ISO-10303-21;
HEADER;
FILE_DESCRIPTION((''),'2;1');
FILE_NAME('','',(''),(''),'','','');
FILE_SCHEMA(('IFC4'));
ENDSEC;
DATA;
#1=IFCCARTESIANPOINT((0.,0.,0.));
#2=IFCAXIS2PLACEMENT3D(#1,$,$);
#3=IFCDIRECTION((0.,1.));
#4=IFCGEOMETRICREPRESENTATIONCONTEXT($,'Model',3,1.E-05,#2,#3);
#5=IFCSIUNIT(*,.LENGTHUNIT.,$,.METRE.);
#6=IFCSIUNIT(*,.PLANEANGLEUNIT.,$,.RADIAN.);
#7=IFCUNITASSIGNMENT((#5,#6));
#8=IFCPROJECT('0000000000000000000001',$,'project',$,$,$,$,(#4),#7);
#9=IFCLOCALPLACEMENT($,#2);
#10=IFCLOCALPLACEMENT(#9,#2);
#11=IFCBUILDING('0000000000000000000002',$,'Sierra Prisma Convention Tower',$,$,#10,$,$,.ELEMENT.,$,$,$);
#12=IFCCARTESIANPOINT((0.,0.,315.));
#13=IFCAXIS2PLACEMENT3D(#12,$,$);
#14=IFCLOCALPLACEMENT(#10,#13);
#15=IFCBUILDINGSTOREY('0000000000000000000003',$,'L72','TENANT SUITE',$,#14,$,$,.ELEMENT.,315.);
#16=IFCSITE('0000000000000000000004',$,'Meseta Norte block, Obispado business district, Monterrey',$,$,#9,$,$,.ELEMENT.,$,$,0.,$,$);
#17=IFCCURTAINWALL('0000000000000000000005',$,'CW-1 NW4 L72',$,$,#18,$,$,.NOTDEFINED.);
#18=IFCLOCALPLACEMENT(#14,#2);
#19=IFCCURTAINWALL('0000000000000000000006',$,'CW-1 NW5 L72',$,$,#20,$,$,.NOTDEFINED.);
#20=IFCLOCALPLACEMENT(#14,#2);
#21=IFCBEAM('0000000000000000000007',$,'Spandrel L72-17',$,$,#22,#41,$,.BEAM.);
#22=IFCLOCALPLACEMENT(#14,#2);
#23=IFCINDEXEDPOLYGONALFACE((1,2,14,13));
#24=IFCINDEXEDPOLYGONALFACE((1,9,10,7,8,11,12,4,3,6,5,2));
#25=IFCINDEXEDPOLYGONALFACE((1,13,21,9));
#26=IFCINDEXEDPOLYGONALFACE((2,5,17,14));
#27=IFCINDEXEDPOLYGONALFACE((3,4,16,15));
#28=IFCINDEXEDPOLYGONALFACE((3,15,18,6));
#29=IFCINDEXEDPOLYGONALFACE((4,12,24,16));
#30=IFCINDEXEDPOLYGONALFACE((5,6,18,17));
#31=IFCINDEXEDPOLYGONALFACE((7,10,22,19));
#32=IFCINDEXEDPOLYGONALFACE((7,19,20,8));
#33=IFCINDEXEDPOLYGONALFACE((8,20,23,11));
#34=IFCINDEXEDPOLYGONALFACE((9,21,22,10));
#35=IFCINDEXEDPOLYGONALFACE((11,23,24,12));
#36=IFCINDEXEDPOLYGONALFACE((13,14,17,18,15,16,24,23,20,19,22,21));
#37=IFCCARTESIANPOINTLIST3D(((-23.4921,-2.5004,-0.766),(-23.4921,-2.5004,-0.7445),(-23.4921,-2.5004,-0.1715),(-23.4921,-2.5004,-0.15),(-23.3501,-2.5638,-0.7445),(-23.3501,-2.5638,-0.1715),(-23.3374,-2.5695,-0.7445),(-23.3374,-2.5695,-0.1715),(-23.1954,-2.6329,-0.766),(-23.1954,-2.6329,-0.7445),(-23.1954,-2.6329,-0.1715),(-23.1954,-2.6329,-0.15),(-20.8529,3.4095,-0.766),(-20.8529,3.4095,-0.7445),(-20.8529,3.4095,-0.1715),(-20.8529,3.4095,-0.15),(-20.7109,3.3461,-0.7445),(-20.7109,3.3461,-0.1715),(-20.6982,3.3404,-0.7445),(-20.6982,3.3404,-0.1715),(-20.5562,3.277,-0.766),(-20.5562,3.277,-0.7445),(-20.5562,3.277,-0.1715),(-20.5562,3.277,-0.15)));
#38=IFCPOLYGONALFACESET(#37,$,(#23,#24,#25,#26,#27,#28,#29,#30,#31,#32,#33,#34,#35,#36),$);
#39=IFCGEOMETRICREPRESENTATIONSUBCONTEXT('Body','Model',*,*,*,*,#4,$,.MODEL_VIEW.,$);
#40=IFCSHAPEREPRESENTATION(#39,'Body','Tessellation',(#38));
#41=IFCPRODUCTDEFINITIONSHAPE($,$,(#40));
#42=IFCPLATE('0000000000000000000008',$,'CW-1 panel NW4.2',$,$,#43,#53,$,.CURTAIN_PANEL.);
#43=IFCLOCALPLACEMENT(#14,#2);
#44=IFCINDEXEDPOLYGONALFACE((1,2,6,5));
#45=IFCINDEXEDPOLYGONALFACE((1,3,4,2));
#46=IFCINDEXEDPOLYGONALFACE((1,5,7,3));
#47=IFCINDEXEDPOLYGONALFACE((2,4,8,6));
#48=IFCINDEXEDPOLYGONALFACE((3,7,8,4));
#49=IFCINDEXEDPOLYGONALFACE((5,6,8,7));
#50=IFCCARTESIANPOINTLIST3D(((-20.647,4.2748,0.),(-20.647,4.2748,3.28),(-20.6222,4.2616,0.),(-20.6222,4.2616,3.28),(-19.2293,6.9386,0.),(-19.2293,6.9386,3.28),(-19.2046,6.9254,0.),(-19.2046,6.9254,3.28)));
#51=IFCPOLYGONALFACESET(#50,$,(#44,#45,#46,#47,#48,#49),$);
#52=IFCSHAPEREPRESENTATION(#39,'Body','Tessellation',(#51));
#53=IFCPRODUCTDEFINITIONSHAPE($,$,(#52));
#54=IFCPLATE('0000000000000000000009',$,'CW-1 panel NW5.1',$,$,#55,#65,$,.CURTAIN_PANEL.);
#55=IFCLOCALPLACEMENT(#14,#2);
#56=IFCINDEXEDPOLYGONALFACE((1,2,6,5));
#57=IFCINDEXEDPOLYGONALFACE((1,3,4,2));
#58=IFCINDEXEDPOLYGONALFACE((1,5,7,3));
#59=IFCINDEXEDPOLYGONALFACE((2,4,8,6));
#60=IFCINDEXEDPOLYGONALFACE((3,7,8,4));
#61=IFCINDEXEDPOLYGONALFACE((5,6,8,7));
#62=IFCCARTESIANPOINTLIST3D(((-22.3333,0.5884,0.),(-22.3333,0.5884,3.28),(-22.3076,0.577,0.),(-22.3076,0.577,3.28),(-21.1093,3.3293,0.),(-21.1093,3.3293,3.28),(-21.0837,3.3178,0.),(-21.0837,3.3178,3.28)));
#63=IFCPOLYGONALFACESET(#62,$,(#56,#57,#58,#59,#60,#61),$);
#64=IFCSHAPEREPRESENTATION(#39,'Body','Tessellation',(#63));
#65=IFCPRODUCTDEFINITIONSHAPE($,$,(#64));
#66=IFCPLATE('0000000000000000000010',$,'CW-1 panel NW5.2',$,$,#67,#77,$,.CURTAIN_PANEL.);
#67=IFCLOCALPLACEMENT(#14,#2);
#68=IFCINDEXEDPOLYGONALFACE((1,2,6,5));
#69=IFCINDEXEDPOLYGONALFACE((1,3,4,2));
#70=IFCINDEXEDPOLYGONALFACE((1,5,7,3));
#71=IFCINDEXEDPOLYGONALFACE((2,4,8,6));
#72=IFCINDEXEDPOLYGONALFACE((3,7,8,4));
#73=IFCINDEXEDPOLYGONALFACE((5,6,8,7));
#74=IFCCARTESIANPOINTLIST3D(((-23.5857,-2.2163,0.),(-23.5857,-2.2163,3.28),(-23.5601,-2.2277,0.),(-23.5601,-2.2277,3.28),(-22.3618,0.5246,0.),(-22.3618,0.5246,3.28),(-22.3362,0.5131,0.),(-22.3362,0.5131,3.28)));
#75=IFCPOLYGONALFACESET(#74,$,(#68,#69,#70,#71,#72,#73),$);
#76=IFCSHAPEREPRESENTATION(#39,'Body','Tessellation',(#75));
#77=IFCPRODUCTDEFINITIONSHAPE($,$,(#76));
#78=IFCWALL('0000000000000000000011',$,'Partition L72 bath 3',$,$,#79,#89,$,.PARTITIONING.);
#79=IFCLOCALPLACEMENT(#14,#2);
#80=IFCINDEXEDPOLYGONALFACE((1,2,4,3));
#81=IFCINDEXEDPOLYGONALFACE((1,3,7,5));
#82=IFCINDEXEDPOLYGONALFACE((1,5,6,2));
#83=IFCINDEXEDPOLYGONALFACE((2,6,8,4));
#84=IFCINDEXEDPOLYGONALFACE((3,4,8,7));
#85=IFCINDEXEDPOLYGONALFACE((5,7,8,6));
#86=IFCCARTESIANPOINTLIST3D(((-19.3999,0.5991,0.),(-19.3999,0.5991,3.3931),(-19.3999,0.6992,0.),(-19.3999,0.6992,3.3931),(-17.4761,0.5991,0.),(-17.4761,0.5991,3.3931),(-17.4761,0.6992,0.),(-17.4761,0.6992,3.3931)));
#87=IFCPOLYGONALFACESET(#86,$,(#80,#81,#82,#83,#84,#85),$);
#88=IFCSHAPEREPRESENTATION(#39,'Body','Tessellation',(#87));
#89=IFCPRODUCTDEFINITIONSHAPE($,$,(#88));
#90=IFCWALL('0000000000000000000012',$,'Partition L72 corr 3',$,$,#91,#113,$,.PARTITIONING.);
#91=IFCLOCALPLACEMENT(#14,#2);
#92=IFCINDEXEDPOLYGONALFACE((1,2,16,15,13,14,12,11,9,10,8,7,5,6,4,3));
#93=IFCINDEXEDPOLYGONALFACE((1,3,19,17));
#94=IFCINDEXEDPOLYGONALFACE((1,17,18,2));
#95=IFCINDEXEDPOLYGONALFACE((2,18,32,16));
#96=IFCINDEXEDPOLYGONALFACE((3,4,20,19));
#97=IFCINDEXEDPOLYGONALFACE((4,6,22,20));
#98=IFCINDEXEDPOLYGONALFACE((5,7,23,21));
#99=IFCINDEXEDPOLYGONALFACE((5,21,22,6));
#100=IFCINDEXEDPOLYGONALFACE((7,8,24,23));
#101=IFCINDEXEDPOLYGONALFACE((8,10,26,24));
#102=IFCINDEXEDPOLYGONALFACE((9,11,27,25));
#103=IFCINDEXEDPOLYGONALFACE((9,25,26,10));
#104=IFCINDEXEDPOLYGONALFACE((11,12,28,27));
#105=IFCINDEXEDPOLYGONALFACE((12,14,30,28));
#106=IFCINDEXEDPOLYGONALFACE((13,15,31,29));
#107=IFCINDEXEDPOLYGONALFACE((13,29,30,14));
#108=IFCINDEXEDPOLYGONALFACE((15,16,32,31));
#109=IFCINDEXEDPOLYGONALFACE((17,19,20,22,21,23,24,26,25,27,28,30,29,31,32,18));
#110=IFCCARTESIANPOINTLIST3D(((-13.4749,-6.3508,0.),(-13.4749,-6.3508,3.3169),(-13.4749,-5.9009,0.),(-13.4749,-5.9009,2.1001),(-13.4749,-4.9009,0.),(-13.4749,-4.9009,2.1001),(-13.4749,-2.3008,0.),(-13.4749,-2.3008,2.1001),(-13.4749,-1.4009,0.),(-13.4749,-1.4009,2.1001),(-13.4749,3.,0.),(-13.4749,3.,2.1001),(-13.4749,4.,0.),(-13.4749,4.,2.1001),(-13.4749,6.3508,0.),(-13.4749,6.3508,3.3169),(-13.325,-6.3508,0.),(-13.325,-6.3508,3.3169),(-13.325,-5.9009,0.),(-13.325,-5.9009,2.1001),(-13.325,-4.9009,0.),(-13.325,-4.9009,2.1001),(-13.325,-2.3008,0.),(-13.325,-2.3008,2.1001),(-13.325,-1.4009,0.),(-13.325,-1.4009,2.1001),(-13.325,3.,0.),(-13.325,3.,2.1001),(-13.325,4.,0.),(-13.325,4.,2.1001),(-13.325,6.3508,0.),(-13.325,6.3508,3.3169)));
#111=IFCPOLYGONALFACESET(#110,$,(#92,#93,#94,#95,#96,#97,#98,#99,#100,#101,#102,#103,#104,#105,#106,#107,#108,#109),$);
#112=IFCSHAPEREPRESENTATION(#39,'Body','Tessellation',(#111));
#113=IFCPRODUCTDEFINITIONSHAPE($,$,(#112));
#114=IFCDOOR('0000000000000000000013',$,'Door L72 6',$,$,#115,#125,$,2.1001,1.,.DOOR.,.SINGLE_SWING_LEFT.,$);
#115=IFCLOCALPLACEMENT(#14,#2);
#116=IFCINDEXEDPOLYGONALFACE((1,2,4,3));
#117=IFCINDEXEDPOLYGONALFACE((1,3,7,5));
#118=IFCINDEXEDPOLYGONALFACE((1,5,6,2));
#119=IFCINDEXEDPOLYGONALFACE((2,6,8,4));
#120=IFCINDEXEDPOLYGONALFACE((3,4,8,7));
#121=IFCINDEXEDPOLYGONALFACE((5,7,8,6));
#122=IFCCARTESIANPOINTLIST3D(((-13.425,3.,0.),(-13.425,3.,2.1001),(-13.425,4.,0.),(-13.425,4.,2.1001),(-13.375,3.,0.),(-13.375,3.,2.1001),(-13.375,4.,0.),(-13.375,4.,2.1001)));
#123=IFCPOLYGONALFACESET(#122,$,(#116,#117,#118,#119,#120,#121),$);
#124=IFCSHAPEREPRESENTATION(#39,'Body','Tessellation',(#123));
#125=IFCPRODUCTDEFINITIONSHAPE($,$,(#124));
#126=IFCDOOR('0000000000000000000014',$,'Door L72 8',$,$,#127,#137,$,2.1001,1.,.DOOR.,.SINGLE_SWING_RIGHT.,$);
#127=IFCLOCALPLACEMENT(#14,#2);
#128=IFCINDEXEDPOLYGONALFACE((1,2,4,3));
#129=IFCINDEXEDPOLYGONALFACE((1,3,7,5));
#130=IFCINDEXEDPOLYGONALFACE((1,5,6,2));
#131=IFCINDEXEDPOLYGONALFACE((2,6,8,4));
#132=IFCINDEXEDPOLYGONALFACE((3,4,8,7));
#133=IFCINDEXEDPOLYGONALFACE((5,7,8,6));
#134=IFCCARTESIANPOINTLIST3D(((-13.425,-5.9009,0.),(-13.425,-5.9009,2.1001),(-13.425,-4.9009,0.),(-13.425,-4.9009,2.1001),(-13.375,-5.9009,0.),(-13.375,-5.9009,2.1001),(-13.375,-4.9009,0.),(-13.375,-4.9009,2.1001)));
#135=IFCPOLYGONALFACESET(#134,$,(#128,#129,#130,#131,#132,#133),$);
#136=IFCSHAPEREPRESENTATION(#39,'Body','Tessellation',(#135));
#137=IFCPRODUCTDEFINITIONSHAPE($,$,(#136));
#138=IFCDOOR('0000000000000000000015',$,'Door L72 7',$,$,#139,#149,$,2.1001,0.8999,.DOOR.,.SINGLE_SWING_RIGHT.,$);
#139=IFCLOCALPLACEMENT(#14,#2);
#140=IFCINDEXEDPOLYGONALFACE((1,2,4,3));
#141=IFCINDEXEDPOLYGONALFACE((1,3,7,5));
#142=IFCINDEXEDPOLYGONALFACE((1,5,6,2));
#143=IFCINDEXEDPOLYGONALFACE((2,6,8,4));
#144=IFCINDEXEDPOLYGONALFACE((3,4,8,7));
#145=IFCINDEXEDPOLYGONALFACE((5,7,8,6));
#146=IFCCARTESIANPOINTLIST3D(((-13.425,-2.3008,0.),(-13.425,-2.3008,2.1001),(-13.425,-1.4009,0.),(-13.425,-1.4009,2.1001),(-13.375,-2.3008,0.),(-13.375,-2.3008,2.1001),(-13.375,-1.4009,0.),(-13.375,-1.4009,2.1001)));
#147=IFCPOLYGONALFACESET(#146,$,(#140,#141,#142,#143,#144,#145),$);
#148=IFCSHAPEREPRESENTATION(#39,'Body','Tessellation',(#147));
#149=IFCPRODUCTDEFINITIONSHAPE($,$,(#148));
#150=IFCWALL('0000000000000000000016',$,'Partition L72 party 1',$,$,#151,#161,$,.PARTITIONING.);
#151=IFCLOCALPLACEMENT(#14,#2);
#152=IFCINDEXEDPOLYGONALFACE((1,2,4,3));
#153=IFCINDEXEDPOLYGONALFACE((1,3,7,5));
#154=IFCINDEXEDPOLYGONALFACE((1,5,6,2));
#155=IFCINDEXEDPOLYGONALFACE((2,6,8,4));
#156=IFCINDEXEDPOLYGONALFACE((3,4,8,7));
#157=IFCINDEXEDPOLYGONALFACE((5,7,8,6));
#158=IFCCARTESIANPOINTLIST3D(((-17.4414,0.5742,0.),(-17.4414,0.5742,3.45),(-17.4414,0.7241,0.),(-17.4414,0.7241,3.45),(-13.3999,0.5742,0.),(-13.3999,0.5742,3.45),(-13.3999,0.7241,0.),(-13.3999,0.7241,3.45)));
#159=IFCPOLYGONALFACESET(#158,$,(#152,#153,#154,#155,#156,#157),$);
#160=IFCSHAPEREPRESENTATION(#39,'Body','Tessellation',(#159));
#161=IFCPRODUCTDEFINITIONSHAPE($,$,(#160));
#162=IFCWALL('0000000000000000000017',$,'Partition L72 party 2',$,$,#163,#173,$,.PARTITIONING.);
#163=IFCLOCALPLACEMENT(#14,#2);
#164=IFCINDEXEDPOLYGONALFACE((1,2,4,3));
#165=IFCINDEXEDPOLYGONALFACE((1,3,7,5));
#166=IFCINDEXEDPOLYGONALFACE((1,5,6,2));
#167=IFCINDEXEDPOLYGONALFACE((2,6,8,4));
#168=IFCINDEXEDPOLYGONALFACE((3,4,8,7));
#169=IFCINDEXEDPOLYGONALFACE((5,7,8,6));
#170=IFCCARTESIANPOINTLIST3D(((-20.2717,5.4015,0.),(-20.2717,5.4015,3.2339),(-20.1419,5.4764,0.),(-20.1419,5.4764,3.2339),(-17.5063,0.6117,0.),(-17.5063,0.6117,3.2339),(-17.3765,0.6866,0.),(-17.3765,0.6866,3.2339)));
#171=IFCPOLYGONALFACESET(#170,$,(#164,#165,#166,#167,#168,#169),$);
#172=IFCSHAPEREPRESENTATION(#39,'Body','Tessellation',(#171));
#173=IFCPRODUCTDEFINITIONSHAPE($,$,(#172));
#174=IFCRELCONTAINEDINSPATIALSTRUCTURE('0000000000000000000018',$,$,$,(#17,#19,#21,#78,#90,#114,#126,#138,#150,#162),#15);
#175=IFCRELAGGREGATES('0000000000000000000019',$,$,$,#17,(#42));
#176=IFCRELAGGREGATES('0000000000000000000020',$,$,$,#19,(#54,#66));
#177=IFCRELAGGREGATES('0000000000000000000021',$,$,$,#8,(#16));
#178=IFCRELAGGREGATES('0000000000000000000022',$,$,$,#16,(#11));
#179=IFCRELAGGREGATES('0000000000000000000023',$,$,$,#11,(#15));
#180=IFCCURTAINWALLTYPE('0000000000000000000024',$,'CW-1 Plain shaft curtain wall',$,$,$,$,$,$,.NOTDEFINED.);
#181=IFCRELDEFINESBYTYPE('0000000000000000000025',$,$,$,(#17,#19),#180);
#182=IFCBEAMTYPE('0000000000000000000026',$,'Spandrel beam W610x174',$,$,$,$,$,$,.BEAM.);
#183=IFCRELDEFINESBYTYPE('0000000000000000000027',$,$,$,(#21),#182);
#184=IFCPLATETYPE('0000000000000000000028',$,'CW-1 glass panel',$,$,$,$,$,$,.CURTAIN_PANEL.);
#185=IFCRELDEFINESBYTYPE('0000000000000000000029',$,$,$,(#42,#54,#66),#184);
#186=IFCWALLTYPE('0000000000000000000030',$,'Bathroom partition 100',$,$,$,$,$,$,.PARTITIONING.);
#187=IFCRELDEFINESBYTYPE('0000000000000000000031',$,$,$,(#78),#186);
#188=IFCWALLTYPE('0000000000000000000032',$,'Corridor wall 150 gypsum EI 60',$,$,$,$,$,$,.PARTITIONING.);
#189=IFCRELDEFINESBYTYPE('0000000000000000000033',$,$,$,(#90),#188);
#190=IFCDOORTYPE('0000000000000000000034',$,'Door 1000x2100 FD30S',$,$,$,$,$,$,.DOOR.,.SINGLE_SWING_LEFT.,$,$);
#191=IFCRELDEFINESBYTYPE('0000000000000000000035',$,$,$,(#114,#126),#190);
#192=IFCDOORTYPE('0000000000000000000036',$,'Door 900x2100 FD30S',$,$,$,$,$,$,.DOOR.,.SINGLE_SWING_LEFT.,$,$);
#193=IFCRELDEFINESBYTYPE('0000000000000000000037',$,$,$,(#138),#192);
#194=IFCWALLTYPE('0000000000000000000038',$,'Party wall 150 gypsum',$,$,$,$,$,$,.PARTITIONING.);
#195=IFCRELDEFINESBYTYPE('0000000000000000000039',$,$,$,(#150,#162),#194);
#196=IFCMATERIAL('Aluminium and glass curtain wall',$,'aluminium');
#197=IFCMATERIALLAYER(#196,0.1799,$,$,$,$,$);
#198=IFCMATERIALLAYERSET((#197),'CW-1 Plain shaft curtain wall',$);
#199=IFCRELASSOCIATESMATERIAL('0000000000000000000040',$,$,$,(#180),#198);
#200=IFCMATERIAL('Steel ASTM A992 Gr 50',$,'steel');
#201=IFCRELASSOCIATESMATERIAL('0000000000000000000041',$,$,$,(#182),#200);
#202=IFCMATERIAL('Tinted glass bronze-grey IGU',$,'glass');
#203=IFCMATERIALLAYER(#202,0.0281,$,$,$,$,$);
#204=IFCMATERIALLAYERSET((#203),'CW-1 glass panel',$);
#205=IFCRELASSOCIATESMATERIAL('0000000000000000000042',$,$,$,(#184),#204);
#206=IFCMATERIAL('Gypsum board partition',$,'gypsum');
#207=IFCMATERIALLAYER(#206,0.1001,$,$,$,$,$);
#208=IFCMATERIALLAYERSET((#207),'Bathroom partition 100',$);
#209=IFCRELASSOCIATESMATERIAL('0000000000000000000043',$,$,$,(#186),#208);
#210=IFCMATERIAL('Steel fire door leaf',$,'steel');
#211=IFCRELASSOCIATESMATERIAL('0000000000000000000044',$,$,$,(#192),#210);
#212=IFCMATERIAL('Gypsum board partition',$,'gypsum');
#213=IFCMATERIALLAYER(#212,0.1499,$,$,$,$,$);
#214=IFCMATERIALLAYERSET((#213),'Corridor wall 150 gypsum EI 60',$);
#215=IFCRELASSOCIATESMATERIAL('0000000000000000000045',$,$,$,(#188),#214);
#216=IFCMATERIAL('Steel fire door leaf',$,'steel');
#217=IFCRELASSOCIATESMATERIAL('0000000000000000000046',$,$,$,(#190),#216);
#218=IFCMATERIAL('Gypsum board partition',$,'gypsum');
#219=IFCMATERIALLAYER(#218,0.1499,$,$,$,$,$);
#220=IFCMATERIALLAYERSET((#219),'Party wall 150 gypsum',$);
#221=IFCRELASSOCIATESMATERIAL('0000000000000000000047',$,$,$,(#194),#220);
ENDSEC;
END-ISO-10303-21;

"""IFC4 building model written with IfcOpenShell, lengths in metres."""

from ifc_helpers import new_model, si_unit, direction, frame, frame_2d, origin, origin_2d, place, context, subcontext, project, spatial, rectangle, i_section, extrude, material, layer, layer_set, material_profile, profile_set, type_object, element, fill, aggregate, save


model = new_model("IFC4")

# Units and contexts
model_context = context("Model", 3, precision=1e-05, world=origin(), true_north=direction((0.0, 1.0)))
body_context = subcontext(model_context, "Body", "Model", "MODEL_VIEW")
ifc_project = project(units=[si_unit("LENGTHUNIT", "METRE"), si_unit("PLANEANGLEUNIT", "RADIAN")], contexts=[model_context])

# Site, building, storey
site_placement = place(None, origin())
site = spatial("IfcSite", under=ifc_project, at=site_placement, Name="Meseta Norte block, Obispado business district, Monterrey", CompositionType="ELEMENT", RefElevation=0.0)
building_placement = place(site_placement, origin())
building = spatial("IfcBuilding", under=site, at=building_placement, Name="Sierra Prisma Convention Tower", CompositionType="ELEMENT")
storey_placement = place(building_placement, frame((0.0, 0.0, 315.0)))
storey = spatial("IfcBuildingStorey", under=building, at=storey_placement, Name="L72", Description="TENANT SUITE", CompositionType="ELEMENT", Elevation=315.0)

# Curtain walls
ifc_material_1 = material(Name="Aluminium and glass curtain wall", Category="aluminium")
ifc_layer_1 = layer(ifc_material_1, 0.1799)
ifc_layer_set_1 = layer_set([ifc_layer_1], Name="CW-1 Plain shaft curtain wall")
curtain_wall_type = type_object("IfcCurtainWallType", Name="CW-1 Plain shaft curtain wall", PredefinedType="NOTDEFINED", material=ifc_layer_set_1)
curtain_wall_1_placement = place(storey_placement, origin())
curtain_wall_1 = element("IfcCurtainWall", 1, at=curtain_wall_1_placement, inside=storey, type_object=curtain_wall_type, Name="CW-1 NW4 L72", PredefinedType="NOTDEFINED")
curtain_wall_2_placement = place(storey_placement, origin())
curtain_wall_2 = element("IfcCurtainWall", 2, at=curtain_wall_2_placement, inside=storey, type_object=curtain_wall_type, Name="CW-1 NW5 L72", PredefinedType="NOTDEFINED")

# Beam
ifc_material_2 = material(Name="Steel ASTM A992 Gr 50", Category="steel")
ifc_material_profile_1 = material_profile(ifc_material_2, i_section(OverallWidth=0.325, OverallDepth=0.616, WebThickness=0.0139, FlangeThickness=0.0215, at=origin_2d()), Name="W610x174")
ifc_profile_set_1 = profile_set([ifc_material_profile_1], Name="Steel ASTM A992 Gr 50")
beam_type_1 = type_object("IfcBeamType", Name="Spandrel beam W610x174", PredefinedType="BEAM", material=ifc_profile_set_1)
beam_1_placement = place(storey_placement, frame((-20.7046, 3.3433, -0.458), z_axis=(-0.407755, -0.913091, 0.0), x_axis=(0.913091, -0.407755, 0.0)))
element("IfcBeam", 3, at=beam_1_placement, inside=storey, type_object=beam_type_1, Name="Spandrel L72-17", PredefinedType="BEAM", context=body_context, shape_type="SweptSolid", body=[
    extrude(i_section(OverallWidth=0.325, OverallDepth=0.616, WebThickness=0.0139, FlangeThickness=0.0215, at=origin_2d()), origin(), (0.0, 0.0, 1.0), 6.4724),
])

# Plates
ifc_material_3 = material(Name="Tinted glass bronze-grey IGU", Category="glass")
ifc_layer_2 = layer(ifc_material_3, 0.0281)
ifc_layer_set_2 = layer_set([ifc_layer_2], Name="CW-1 glass panel")
plate_type = type_object("IfcPlateType", Name="CW-1 glass panel", PredefinedType="CURTAIN_PANEL", material=ifc_layer_set_2)
plate_1_placement = place(storey_placement, frame((-19.9258, 5.6001, 0.0), z_axis=(0.0, 0.0, 1.0), x_axis=(-0.469797, -0.882774, 0.0)))
plate_1 = element("IfcPlate", 4, at=plate_1_placement, type_object=plate_type, Name="CW-1 panel NW4.2", PredefinedType="CURTAIN_PANEL", context=body_context, shape_type="SweptSolid", body=[
    extrude(rectangle(XDim=3.0176, YDim=0.0281, at=origin_2d()), origin(), (0.0, 0.0, 1.0), 3.28),
])
aggregate(curtain_wall_1, [plate_1])
plate_2_placement = place(storey_placement, frame((-21.7085, 1.9531, 0.0), z_axis=(0.0, 0.0, 1.0), x_axis=(-0.407747, -0.913095, 0.0)))
plate_2 = element("IfcPlate", 5, at=plate_2_placement, type_object=plate_type, Name="CW-1 panel NW5.1", PredefinedType="CURTAIN_PANEL", context=body_context, shape_type="SweptSolid", body=[
    extrude(rectangle(XDim=3.0017, YDim=0.0281, at=origin_2d()), origin(), (0.0, 0.0, 1.0), 3.28),
])
plate_3_placement = place(storey_placement, frame((-22.9609, -0.8516, 0.0), z_axis=(0.0, 0.0, 1.0), x_axis=(-0.407747, -0.913095, 0.0)))
plate_3 = element("IfcPlate", 6, at=plate_3_placement, type_object=plate_type, Name="CW-1 panel NW5.2", PredefinedType="CURTAIN_PANEL", context=body_context, shape_type="SweptSolid", body=[
    extrude(rectangle(XDim=3.0017, YDim=0.0281, at=origin_2d()), origin(), (0.0, 0.0, 1.0), 3.28),
])
aggregate(curtain_wall_2, [plate_2, plate_3])

# Wall
ifc_material_4 = material(Name="Gypsum board partition", Category="gypsum")
ifc_layer_3 = layer(ifc_material_4, 0.1001)
ifc_layer_set_3 = layer_set([ifc_layer_3], Name="Bathroom partition 100")
wall_type_1 = type_object("IfcWallType", Name="Bathroom partition 100", PredefinedType="PARTITIONING", material=ifc_layer_set_3)
wall_1_placement = place(storey_placement, frame((-19.3999, 0.6492, 0.0), z_axis=(0.0, 0.0, 1.0), x_axis=(1.0, 0.0, 0.0)))
element("IfcWall", 7, at=wall_1_placement, inside=storey, type_object=wall_type_1, Name="Partition L72 bath 3", PredefinedType="PARTITIONING", context=body_context, shape_type="SweptSolid", body=[
    extrude(rectangle(XDim=1.9238, YDim=0.1001, at=frame_2d((0.9619, 0.0))), origin(), (0.0, 0.0, 1.0), 3.3931),
])

# Shared definitions
ifc_material_5 = material(Name="Steel fire door leaf", Category="steel")
door_type_1 = type_object("IfcDoorType", Name="Door 900x2100 FD30S", OperationType="SINGLE_SWING_LEFT", PredefinedType="DOOR", material=ifc_material_5)

# Wall, openings, doors
ifc_material_6 = material(Name="Gypsum board partition", Category="gypsum")
ifc_layer_4 = layer(ifc_material_6, 0.1499)
ifc_layer_set_4 = layer_set([ifc_layer_4], Name="Corridor wall 150 gypsum EI 60")
wall_type_2 = type_object("IfcWallType", Name="Corridor wall 150 gypsum EI 60", PredefinedType="PARTITIONING", material=ifc_layer_set_4)
wall_2_placement = place(storey_placement, frame((-13.3999, 6.3508, 0.0), z_axis=(0.0, 0.0, 1.0), x_axis=(0.0, -1.0, 0.0)))
wall_2 = element("IfcWall", 8, at=wall_2_placement, inside=storey, type_object=wall_type_2, Name="Partition L72 corr 3", PredefinedType="PARTITIONING", context=body_context, shape_type="SweptSolid", body=[
    extrude(rectangle(XDim=12.7017, YDim=0.1499, at=frame_2d((6.3508, 0.0))), origin(), (0.0, 0.0, 1.0), 3.3169),
])
opening_1_placement = place(wall_2_placement, frame((2.3508, 0.0, 0.0)))
opening_1 = element("IfcOpeningElement", 9, at=opening_1_placement, cuts=wall_2, PredefinedType="OPENING", context=body_context, shape_type="SweptSolid", body=[
    extrude(rectangle(XDim=1.0, YDim=2.1001, at=frame_2d((0.5, 1.05))), frame((0.0, 0.075, 0.0), z_axis=(0.0, -1.0, 0.0), x_axis=(1.0, 0.0, 0.0)), (0.0, 0.0, 1.0), 0.1499),
])
opening_2_placement = place(wall_2_placement, frame((7.7517, 0.0, 0.0)))
opening_2 = element("IfcOpeningElement", 10, at=opening_2_placement, cuts=wall_2, PredefinedType="OPENING", context=body_context, shape_type="SweptSolid", body=[
    extrude(rectangle(XDim=0.8999, YDim=2.1001, at=frame_2d((0.45, 1.05))), frame((0.0, 0.075, 0.0), z_axis=(0.0, -1.0, 0.0), x_axis=(1.0, 0.0, 0.0)), (0.0, 0.0, 1.0), 0.1499),
])
opening_3_placement = place(wall_2_placement, frame((11.2517, 0.0, 0.0)))
opening_3 = element("IfcOpeningElement", 11, at=opening_3_placement, cuts=wall_2, PredefinedType="OPENING", context=body_context, shape_type="SweptSolid", body=[
    extrude(rectangle(XDim=1.0, YDim=2.1001, at=frame_2d((0.5, 1.05))), frame((0.0, 0.075, 0.0), z_axis=(0.0, -1.0, 0.0), x_axis=(1.0, 0.0, 0.0)), (0.0, 0.0, 1.0), 0.1499),
])
ifc_material_7 = material(Name="Steel fire door leaf", Category="steel")
door_type_2 = type_object("IfcDoorType", Name="Door 1000x2100 FD30S", OperationType="SINGLE_SWING_LEFT", PredefinedType="DOOR", material=ifc_material_7)
door_1_placement = place(opening_1_placement, origin())
door_1 = element("IfcDoor", 12, at=door_1_placement, inside=storey, type_object=door_type_2, Name="Door L72 6", OperationType="SINGLE_SWING_LEFT", OverallHeight=2.1001, OverallWidth=1.0, PredefinedType="DOOR", context=body_context, shape_type="SweptSolid", body=[
    extrude(rectangle(XDim=1.0, YDim=2.1001, at=frame_2d((0.5, 1.05))), frame((0.0, 0.0249, 0.0), z_axis=(0.0, -1.0, 0.0), x_axis=(1.0, 0.0, 0.0)), (0.0, 0.0, 1.0), 0.05),
])
fill(opening_1, door_1)
door_2_placement = place(opening_3_placement, origin())
door_2 = element("IfcDoor", 13, at=door_2_placement, inside=storey, type_object=door_type_2, Name="Door L72 8", OperationType="SINGLE_SWING_RIGHT", OverallHeight=2.1001, OverallWidth=1.0, PredefinedType="DOOR", context=body_context, shape_type="SweptSolid", body=[
    extrude(rectangle(XDim=1.0, YDim=2.1001, at=frame_2d((0.5, 1.05))), frame((0.0, 0.0249, 0.0), z_axis=(0.0, -1.0, 0.0), x_axis=(1.0, 0.0, 0.0)), (0.0, 0.0, 1.0), 0.05),
])
fill(opening_3, door_2)
door_3_placement = place(opening_2_placement, origin())
door_3 = element("IfcDoor", 14, at=door_3_placement, inside=storey, type_object=door_type_1, Name="Door L72 7", OperationType="SINGLE_SWING_RIGHT", OverallHeight=2.1001, OverallWidth=0.8999, PredefinedType="DOOR", context=body_context, shape_type="SweptSolid", body=[
    extrude(rectangle(XDim=0.8999, YDim=2.1001, at=frame_2d((0.45, 1.05))), frame((0.0, 0.0249, 0.0), z_axis=(0.0, -1.0, 0.0), x_axis=(1.0, 0.0, 0.0)), (0.0, 0.0, 1.0), 0.05),
])
fill(opening_2, door_3)

# Walls
ifc_material_8 = material(Name="Gypsum board partition", Category="gypsum")
ifc_layer_5 = layer(ifc_material_8, 0.1499)
ifc_layer_set_5 = layer_set([ifc_layer_5], Name="Party wall 150 gypsum")
wall_type_3 = type_object("IfcWallType", Name="Party wall 150 gypsum", PredefinedType="PARTITIONING", material=ifc_layer_set_5)
wall_3_placement = place(storey_placement, frame((-13.3999, 0.6492, 0.0), z_axis=(0.0, 0.0, 1.0), x_axis=(-1.0, 0.0, 0.0)))
element("IfcWall", 15, at=wall_3_placement, inside=storey, type_object=wall_type_3, Name="Partition L72 party 1", PredefinedType="PARTITIONING", context=body_context, shape_type="SweptSolid", body=[
    extrude(rectangle(XDim=4.0415, YDim=0.1499, at=frame_2d((2.0208, 0.0))), origin(), (0.0, 0.0, 1.0), 3.45),
])
wall_4_placement = place(storey_placement, frame((-17.4414, 0.6492, 0.0), z_axis=(0.0, 0.0, 1.0), x_axis=(-0.499999, 0.866026, 0.0)))
element("IfcWall", 16, at=wall_4_placement, inside=storey, type_object=wall_type_3, Name="Partition L72 party 2", PredefinedType="PARTITIONING", context=body_context, shape_type="SweptSolid", body=[
    extrude(rectangle(XDim=5.5308, YDim=0.1499, at=frame_2d((2.7654, 0.0))), origin(), (0.0, 0.0, 1.0), 3.2339),
])

save(model, "model.ifc")
